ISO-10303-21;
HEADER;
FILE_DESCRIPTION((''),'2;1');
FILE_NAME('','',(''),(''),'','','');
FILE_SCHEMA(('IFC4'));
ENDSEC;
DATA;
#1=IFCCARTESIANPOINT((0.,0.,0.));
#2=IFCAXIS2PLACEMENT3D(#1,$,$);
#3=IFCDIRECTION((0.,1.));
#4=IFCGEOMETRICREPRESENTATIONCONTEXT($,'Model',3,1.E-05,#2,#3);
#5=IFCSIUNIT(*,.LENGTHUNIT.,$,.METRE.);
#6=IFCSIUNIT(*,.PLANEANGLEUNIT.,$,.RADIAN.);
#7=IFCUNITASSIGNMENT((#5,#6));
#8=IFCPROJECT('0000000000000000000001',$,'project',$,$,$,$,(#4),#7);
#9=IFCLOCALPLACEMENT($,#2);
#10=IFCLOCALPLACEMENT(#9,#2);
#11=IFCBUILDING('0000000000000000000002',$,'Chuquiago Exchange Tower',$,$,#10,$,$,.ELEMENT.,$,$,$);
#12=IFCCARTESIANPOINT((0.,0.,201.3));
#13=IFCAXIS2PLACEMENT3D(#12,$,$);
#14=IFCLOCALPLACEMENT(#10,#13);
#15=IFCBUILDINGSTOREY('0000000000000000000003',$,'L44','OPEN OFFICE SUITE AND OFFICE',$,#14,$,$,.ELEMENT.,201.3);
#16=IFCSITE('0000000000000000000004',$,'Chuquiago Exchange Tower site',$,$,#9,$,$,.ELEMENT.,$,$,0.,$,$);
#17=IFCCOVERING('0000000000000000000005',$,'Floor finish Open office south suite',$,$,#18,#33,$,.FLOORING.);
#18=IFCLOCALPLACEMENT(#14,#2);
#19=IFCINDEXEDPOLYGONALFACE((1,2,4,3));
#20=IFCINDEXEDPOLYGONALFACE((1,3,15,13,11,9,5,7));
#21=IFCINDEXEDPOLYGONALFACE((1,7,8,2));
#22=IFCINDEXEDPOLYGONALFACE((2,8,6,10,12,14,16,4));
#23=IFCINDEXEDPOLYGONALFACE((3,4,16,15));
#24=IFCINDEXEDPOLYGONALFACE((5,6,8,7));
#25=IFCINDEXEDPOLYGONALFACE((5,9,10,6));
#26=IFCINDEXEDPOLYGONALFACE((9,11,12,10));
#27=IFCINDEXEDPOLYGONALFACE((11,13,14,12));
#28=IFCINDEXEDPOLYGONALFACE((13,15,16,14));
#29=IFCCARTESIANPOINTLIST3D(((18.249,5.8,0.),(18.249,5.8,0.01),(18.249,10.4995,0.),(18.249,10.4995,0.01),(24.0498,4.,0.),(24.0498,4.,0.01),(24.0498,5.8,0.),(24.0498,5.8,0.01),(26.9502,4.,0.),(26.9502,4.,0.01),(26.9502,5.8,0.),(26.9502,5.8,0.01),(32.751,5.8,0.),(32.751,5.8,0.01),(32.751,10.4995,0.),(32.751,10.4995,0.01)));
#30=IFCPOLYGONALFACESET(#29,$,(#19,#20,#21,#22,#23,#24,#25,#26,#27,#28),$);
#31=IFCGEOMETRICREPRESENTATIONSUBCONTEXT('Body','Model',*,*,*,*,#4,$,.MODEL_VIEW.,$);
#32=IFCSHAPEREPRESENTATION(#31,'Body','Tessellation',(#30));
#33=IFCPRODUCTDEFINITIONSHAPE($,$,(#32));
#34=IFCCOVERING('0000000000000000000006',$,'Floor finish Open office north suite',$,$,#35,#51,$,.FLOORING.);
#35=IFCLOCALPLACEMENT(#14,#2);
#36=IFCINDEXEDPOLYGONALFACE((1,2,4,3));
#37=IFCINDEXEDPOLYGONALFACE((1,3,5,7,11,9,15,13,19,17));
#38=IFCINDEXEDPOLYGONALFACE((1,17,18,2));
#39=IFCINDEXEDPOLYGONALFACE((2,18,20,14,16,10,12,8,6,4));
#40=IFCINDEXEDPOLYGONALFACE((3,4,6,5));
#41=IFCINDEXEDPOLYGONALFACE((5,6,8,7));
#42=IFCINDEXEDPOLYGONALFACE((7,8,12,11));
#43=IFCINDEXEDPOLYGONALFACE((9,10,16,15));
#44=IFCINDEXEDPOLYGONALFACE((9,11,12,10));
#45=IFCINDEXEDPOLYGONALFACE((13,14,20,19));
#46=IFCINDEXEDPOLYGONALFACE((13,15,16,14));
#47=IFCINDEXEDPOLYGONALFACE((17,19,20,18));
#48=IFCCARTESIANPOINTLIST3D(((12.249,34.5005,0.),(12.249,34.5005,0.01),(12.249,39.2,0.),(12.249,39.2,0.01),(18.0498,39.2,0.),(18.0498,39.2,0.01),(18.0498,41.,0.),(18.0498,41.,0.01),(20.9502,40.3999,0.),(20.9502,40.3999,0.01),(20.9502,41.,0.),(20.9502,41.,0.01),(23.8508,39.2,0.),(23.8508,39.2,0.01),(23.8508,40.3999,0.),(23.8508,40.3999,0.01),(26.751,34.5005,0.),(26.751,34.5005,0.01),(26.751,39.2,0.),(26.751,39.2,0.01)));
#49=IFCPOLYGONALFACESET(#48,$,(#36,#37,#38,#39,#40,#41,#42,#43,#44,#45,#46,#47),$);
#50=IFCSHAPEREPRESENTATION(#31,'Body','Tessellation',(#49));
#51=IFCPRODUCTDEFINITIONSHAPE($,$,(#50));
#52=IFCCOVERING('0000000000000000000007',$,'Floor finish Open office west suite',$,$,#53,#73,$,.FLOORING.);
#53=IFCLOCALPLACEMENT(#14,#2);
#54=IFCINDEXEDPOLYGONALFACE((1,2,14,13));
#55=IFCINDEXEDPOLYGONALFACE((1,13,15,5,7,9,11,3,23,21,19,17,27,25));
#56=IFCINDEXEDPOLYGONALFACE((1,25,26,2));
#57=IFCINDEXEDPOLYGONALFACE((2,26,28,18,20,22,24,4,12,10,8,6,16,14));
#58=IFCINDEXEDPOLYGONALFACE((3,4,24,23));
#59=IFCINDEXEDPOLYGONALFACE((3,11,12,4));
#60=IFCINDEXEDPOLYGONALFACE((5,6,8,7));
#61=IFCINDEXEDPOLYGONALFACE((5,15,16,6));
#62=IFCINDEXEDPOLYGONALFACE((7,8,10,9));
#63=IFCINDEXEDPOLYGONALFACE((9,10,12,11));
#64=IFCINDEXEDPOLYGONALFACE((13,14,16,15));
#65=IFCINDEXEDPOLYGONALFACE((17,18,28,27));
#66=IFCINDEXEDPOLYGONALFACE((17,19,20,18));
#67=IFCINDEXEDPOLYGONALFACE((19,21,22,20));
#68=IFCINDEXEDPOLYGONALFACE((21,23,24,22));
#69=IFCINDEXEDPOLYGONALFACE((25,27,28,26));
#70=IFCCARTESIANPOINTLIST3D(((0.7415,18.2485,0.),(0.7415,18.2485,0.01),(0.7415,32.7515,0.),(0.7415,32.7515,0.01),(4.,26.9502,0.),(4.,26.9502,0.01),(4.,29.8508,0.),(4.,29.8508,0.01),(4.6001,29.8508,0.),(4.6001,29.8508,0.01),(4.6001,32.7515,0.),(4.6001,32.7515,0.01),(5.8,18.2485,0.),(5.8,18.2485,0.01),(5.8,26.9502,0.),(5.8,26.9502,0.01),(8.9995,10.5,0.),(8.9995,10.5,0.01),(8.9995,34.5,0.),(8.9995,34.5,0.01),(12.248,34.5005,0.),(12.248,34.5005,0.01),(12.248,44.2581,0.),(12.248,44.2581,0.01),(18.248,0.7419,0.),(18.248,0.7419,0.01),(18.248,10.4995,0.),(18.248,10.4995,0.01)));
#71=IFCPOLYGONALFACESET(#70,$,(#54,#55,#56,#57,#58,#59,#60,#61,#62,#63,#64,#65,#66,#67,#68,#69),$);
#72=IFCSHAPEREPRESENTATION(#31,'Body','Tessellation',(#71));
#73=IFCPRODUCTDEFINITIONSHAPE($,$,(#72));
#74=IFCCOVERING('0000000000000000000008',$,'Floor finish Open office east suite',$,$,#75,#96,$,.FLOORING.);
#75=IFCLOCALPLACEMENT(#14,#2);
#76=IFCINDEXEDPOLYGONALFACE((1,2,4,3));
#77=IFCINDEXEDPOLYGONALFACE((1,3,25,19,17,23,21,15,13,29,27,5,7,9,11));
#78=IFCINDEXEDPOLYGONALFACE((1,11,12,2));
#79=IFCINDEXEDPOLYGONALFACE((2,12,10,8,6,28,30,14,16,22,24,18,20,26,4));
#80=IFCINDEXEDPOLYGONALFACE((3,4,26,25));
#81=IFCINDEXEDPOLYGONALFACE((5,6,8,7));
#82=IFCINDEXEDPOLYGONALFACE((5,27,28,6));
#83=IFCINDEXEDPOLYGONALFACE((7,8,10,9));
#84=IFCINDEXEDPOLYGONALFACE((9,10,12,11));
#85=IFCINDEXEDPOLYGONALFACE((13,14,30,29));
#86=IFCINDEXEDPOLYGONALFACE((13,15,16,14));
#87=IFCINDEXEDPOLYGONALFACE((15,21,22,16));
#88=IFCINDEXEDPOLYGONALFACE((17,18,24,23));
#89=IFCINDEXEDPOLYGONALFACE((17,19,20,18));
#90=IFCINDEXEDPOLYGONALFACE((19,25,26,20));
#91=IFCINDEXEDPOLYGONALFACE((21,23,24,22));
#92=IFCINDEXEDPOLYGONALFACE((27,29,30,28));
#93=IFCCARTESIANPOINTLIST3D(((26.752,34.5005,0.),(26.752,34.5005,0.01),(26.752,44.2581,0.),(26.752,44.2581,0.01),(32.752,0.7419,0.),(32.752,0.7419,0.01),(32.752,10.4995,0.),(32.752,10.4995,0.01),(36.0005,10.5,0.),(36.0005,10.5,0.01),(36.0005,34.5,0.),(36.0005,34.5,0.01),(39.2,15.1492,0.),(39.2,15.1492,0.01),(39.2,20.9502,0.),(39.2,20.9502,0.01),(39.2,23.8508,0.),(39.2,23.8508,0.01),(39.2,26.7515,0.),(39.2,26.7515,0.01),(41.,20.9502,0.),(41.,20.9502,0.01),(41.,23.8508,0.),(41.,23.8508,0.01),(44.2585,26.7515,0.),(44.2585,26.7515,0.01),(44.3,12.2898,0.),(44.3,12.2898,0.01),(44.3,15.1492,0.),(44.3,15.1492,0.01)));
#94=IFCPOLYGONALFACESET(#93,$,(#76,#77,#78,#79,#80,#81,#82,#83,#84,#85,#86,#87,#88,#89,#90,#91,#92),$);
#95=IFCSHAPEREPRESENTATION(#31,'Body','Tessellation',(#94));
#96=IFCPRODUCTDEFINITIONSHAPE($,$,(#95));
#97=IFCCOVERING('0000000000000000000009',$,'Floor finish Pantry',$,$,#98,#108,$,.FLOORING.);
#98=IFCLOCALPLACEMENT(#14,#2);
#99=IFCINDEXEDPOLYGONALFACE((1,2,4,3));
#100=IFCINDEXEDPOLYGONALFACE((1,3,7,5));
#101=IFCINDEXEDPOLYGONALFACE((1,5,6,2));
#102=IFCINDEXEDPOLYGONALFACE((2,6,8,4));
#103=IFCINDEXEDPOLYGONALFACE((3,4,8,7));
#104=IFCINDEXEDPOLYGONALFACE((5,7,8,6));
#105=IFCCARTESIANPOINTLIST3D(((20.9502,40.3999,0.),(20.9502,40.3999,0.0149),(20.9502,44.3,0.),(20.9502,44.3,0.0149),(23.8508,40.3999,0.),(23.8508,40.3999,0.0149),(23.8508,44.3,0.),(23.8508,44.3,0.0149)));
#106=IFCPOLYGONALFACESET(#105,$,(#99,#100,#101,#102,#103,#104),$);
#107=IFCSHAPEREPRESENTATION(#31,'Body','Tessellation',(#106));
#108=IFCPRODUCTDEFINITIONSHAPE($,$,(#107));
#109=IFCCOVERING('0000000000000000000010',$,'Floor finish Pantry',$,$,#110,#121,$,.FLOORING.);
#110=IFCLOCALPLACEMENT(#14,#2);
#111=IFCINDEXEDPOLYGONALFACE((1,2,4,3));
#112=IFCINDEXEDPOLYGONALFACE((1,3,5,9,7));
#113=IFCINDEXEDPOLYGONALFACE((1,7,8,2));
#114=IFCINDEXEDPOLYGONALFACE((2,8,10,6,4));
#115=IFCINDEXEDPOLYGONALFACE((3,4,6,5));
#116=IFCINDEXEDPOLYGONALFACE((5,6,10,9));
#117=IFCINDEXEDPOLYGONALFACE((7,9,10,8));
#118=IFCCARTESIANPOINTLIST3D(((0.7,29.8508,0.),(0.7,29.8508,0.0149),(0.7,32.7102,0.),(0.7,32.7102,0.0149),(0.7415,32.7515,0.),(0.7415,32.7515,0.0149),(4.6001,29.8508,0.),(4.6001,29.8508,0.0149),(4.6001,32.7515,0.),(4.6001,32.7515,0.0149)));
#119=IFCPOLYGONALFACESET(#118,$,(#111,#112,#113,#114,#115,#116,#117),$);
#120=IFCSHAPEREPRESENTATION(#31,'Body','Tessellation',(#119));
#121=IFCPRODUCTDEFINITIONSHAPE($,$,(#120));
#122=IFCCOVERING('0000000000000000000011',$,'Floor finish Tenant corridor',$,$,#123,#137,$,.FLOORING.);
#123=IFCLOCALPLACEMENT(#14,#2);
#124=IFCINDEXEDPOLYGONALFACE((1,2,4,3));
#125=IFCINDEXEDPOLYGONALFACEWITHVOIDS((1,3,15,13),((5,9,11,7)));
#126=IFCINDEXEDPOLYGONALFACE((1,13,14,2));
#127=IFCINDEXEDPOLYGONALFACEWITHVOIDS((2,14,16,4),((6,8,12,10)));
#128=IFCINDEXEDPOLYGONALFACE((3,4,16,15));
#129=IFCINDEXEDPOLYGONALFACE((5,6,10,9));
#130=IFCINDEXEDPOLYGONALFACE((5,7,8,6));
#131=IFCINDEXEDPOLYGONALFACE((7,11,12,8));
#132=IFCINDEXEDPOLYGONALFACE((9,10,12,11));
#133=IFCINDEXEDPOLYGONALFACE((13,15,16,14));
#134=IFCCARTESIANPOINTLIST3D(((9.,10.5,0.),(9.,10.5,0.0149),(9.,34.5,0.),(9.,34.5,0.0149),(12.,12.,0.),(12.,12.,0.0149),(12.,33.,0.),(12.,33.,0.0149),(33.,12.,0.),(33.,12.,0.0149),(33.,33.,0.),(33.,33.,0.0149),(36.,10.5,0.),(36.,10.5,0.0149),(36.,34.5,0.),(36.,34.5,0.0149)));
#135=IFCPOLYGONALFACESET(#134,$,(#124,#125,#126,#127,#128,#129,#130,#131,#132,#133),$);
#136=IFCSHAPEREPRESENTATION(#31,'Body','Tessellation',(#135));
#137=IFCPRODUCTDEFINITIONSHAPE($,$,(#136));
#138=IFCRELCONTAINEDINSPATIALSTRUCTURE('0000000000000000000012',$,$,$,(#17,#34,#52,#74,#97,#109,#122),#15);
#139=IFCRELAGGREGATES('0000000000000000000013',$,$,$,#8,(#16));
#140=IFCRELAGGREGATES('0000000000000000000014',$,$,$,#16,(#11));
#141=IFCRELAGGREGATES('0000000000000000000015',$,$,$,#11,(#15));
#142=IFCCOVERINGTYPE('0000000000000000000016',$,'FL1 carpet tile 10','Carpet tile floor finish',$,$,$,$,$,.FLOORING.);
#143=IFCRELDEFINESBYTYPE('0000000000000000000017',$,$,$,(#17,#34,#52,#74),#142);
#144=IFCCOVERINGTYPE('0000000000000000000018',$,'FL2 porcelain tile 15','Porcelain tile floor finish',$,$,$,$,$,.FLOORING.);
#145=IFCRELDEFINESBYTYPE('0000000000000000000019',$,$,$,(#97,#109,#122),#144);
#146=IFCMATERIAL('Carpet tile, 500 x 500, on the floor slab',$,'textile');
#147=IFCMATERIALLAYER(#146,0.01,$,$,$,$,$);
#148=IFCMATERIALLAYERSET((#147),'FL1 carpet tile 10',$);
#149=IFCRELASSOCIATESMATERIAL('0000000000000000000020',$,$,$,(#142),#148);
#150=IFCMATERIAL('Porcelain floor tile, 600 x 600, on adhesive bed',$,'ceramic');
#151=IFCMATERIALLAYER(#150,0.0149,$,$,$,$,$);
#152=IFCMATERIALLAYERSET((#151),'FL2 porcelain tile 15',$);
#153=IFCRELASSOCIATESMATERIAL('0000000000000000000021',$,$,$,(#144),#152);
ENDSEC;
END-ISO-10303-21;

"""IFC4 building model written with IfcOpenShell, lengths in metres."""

from ifc_helpers import new_model, si_unit, direction, frame, origin, place, context, subcontext, project, spatial, polyline, outline, extrude, material, layer, layer_set, type_object, element, save


model = new_model("IFC4")

# Units and contexts
model_context = context("Model", 3, precision=1e-05, world=origin(), true_north=direction((0.0, 1.0)))
body_context = subcontext(model_context, "Body", "Model", "MODEL_VIEW")
ifc_project = project(units=[si_unit("LENGTHUNIT", "METRE"), si_unit("PLANEANGLEUNIT", "RADIAN")], contexts=[model_context])

# Site, building, storey
site_placement = place(None, origin())
site = spatial("IfcSite", under=ifc_project, at=site_placement, Name="Chuquiago Exchange Tower site", CompositionType="ELEMENT", RefElevation=0.0)
building_placement = place(site_placement, origin())
building = spatial("IfcBuilding", under=site, at=building_placement, Name="Chuquiago Exchange Tower", CompositionType="ELEMENT")
storey_placement = place(building_placement, frame((0.0, 0.0, 201.3)))
storey = spatial("IfcBuildingStorey", under=building, at=storey_placement, Name="L44", Description="OPEN OFFICE SUITE AND OFFICE", CompositionType="ELEMENT", Elevation=201.3)

# Coverings
ifc_material_1 = material(Name="Carpet tile, 500 x 500, on the floor slab", Category="textile")
ifc_layer_1 = layer(ifc_material_1, 0.01)
ifc_layer_set_1 = layer_set([ifc_layer_1], Name="FL1 carpet tile 10")
covering_type_1 = type_object("IfcCoveringType", Name="FL1 carpet tile 10", Description="Carpet tile floor finish", PredefinedType="FLOORING", material=ifc_layer_set_1)
covering_1_placement = place(storey_placement, origin())
element("IfcCovering", 1, at=covering_1_placement, inside=storey, type_object=covering_type_1, Name="Floor finish Open office south suite", PredefinedType="FLOORING", context=body_context, shape_type="SweptSolid", body=[
    extrude(outline(polyline([(32.751, 5.8), (26.9502, 5.8), (26.9502, 4.0), (24.0498, 4.0), (24.0498, 5.8), (18.249, 5.8), (18.249, 10.4995), (32.751, 10.4995), (32.751, 5.8)])), origin(), (0.0, 0.0, 1.0), 0.01),
])
covering_2_placement = place(storey_placement, origin())
element("IfcCovering", 2, at=covering_2_placement, inside=storey, type_object=covering_type_1, Name="Floor finish Open office north suite", PredefinedType="FLOORING", context=body_context, shape_type="SweptSolid", body=[
    extrude(outline(polyline([(12.249, 39.2), (18.0498, 39.2), (18.0498, 41.0), (20.9502, 41.0), (20.9502, 40.3999), (23.8508, 40.3999), (23.8508, 39.2), (26.751, 39.2), (26.751, 34.5005), (12.249, 34.5005), (12.249, 39.2)])), origin(), (0.0, 0.0, 1.0), 0.01),
])
covering_3_placement = place(storey_placement, origin())
element("IfcCovering", 3, at=covering_3_placement, inside=storey, type_object=covering_type_1, Name="Floor finish Open office west suite", PredefinedType="FLOORING", context=body_context, shape_type="SweptSolid", body=[
    extrude(outline(polyline([(0.7415, 18.2485), (5.8, 18.2485), (5.8, 26.9502), (4.0, 26.9502), (4.0, 29.8508), (4.6001, 29.8508), (4.6001, 32.7515), (0.7415, 32.7515), (12.248, 44.2581), (12.248, 34.5005), (8.9995, 34.5), (8.9995, 10.5), (18.248, 10.4995), (18.248, 0.7419), (0.7415, 18.2485)])), origin(), (0.0, 0.0, 1.0), 0.01),
])
covering_4_placement = place(storey_placement, origin())
element("IfcCovering", 4, at=covering_4_placement, inside=storey, type_object=covering_type_1, Name="Floor finish Open office east suite", PredefinedType="FLOORING", context=body_context, shape_type="SweptSolid", body=[
    extrude(outline(polyline([(44.2585, 26.7515), (39.2, 26.7515), (39.2, 23.8508), (41.0, 23.8508), (41.0, 20.9502), (39.2, 20.9502), (39.2, 15.1492), (44.3, 15.1492), (44.3, 12.2898), (32.752, 0.7419), (32.752, 10.4995), (36.0005, 10.5), (36.0005, 34.5), (26.752, 34.5005), (26.752, 44.2581), (44.2585, 26.7515)])), origin(), (0.0, 0.0, 1.0), 0.01),
])
ifc_material_2 = material(Name="Porcelain floor tile, 600 x 600, on adhesive bed", Category="ceramic")
ifc_layer_2 = layer(ifc_material_2, 0.0149)
ifc_layer_set_2 = layer_set([ifc_layer_2], Name="FL2 porcelain tile 15")
covering_type_2 = type_object("IfcCoveringType", Name="FL2 porcelain tile 15", Description="Porcelain tile floor finish", PredefinedType="FLOORING", material=ifc_layer_set_2)
covering_5_placement = place(storey_placement, origin())
element("IfcCovering", 5, at=covering_5_placement, inside=storey, type_object=covering_type_2, Name="Floor finish Pantry", PredefinedType="FLOORING", context=body_context, shape_type="SweptSolid", body=[
    extrude(outline(polyline([(23.8508, 44.3), (23.8508, 40.3999), (20.9502, 40.3999), (20.9502, 44.3), (23.8508, 44.3)])), origin(), (0.0, 0.0, 1.0), 0.0149),
])
covering_6_placement = place(storey_placement, origin())
element("IfcCovering", 6, at=covering_6_placement, inside=storey, type_object=covering_type_2, Name="Floor finish Pantry", PredefinedType="FLOORING", context=body_context, shape_type="SweptSolid", body=[
    extrude(outline(polyline([(0.7, 32.7102), (0.7415, 32.7515), (4.6001, 32.7515), (4.6001, 29.8508), (0.7, 29.8508), (0.7, 32.7102)])), origin(), (0.0, 0.0, 1.0), 0.0149),
])
covering_7_placement = place(storey_placement, origin())
element("IfcCovering", 7, at=covering_7_placement, inside=storey, type_object=covering_type_2, Name="Floor finish Tenant corridor", PredefinedType="FLOORING", context=body_context, shape_type="SweptSolid", body=[
    extrude(outline(polyline([(9.0, 10.5), (9.0, 34.5), (36.0, 34.5), (36.0, 10.5), (9.0, 10.5)]), holes=[polyline([(12.0, 33.0), (12.0, 12.0), (33.0, 12.0), (33.0, 33.0), (12.0, 33.0)])]), origin(), (0.0, 0.0, 1.0), 0.0149),
])

save(model, "model.ifc")
